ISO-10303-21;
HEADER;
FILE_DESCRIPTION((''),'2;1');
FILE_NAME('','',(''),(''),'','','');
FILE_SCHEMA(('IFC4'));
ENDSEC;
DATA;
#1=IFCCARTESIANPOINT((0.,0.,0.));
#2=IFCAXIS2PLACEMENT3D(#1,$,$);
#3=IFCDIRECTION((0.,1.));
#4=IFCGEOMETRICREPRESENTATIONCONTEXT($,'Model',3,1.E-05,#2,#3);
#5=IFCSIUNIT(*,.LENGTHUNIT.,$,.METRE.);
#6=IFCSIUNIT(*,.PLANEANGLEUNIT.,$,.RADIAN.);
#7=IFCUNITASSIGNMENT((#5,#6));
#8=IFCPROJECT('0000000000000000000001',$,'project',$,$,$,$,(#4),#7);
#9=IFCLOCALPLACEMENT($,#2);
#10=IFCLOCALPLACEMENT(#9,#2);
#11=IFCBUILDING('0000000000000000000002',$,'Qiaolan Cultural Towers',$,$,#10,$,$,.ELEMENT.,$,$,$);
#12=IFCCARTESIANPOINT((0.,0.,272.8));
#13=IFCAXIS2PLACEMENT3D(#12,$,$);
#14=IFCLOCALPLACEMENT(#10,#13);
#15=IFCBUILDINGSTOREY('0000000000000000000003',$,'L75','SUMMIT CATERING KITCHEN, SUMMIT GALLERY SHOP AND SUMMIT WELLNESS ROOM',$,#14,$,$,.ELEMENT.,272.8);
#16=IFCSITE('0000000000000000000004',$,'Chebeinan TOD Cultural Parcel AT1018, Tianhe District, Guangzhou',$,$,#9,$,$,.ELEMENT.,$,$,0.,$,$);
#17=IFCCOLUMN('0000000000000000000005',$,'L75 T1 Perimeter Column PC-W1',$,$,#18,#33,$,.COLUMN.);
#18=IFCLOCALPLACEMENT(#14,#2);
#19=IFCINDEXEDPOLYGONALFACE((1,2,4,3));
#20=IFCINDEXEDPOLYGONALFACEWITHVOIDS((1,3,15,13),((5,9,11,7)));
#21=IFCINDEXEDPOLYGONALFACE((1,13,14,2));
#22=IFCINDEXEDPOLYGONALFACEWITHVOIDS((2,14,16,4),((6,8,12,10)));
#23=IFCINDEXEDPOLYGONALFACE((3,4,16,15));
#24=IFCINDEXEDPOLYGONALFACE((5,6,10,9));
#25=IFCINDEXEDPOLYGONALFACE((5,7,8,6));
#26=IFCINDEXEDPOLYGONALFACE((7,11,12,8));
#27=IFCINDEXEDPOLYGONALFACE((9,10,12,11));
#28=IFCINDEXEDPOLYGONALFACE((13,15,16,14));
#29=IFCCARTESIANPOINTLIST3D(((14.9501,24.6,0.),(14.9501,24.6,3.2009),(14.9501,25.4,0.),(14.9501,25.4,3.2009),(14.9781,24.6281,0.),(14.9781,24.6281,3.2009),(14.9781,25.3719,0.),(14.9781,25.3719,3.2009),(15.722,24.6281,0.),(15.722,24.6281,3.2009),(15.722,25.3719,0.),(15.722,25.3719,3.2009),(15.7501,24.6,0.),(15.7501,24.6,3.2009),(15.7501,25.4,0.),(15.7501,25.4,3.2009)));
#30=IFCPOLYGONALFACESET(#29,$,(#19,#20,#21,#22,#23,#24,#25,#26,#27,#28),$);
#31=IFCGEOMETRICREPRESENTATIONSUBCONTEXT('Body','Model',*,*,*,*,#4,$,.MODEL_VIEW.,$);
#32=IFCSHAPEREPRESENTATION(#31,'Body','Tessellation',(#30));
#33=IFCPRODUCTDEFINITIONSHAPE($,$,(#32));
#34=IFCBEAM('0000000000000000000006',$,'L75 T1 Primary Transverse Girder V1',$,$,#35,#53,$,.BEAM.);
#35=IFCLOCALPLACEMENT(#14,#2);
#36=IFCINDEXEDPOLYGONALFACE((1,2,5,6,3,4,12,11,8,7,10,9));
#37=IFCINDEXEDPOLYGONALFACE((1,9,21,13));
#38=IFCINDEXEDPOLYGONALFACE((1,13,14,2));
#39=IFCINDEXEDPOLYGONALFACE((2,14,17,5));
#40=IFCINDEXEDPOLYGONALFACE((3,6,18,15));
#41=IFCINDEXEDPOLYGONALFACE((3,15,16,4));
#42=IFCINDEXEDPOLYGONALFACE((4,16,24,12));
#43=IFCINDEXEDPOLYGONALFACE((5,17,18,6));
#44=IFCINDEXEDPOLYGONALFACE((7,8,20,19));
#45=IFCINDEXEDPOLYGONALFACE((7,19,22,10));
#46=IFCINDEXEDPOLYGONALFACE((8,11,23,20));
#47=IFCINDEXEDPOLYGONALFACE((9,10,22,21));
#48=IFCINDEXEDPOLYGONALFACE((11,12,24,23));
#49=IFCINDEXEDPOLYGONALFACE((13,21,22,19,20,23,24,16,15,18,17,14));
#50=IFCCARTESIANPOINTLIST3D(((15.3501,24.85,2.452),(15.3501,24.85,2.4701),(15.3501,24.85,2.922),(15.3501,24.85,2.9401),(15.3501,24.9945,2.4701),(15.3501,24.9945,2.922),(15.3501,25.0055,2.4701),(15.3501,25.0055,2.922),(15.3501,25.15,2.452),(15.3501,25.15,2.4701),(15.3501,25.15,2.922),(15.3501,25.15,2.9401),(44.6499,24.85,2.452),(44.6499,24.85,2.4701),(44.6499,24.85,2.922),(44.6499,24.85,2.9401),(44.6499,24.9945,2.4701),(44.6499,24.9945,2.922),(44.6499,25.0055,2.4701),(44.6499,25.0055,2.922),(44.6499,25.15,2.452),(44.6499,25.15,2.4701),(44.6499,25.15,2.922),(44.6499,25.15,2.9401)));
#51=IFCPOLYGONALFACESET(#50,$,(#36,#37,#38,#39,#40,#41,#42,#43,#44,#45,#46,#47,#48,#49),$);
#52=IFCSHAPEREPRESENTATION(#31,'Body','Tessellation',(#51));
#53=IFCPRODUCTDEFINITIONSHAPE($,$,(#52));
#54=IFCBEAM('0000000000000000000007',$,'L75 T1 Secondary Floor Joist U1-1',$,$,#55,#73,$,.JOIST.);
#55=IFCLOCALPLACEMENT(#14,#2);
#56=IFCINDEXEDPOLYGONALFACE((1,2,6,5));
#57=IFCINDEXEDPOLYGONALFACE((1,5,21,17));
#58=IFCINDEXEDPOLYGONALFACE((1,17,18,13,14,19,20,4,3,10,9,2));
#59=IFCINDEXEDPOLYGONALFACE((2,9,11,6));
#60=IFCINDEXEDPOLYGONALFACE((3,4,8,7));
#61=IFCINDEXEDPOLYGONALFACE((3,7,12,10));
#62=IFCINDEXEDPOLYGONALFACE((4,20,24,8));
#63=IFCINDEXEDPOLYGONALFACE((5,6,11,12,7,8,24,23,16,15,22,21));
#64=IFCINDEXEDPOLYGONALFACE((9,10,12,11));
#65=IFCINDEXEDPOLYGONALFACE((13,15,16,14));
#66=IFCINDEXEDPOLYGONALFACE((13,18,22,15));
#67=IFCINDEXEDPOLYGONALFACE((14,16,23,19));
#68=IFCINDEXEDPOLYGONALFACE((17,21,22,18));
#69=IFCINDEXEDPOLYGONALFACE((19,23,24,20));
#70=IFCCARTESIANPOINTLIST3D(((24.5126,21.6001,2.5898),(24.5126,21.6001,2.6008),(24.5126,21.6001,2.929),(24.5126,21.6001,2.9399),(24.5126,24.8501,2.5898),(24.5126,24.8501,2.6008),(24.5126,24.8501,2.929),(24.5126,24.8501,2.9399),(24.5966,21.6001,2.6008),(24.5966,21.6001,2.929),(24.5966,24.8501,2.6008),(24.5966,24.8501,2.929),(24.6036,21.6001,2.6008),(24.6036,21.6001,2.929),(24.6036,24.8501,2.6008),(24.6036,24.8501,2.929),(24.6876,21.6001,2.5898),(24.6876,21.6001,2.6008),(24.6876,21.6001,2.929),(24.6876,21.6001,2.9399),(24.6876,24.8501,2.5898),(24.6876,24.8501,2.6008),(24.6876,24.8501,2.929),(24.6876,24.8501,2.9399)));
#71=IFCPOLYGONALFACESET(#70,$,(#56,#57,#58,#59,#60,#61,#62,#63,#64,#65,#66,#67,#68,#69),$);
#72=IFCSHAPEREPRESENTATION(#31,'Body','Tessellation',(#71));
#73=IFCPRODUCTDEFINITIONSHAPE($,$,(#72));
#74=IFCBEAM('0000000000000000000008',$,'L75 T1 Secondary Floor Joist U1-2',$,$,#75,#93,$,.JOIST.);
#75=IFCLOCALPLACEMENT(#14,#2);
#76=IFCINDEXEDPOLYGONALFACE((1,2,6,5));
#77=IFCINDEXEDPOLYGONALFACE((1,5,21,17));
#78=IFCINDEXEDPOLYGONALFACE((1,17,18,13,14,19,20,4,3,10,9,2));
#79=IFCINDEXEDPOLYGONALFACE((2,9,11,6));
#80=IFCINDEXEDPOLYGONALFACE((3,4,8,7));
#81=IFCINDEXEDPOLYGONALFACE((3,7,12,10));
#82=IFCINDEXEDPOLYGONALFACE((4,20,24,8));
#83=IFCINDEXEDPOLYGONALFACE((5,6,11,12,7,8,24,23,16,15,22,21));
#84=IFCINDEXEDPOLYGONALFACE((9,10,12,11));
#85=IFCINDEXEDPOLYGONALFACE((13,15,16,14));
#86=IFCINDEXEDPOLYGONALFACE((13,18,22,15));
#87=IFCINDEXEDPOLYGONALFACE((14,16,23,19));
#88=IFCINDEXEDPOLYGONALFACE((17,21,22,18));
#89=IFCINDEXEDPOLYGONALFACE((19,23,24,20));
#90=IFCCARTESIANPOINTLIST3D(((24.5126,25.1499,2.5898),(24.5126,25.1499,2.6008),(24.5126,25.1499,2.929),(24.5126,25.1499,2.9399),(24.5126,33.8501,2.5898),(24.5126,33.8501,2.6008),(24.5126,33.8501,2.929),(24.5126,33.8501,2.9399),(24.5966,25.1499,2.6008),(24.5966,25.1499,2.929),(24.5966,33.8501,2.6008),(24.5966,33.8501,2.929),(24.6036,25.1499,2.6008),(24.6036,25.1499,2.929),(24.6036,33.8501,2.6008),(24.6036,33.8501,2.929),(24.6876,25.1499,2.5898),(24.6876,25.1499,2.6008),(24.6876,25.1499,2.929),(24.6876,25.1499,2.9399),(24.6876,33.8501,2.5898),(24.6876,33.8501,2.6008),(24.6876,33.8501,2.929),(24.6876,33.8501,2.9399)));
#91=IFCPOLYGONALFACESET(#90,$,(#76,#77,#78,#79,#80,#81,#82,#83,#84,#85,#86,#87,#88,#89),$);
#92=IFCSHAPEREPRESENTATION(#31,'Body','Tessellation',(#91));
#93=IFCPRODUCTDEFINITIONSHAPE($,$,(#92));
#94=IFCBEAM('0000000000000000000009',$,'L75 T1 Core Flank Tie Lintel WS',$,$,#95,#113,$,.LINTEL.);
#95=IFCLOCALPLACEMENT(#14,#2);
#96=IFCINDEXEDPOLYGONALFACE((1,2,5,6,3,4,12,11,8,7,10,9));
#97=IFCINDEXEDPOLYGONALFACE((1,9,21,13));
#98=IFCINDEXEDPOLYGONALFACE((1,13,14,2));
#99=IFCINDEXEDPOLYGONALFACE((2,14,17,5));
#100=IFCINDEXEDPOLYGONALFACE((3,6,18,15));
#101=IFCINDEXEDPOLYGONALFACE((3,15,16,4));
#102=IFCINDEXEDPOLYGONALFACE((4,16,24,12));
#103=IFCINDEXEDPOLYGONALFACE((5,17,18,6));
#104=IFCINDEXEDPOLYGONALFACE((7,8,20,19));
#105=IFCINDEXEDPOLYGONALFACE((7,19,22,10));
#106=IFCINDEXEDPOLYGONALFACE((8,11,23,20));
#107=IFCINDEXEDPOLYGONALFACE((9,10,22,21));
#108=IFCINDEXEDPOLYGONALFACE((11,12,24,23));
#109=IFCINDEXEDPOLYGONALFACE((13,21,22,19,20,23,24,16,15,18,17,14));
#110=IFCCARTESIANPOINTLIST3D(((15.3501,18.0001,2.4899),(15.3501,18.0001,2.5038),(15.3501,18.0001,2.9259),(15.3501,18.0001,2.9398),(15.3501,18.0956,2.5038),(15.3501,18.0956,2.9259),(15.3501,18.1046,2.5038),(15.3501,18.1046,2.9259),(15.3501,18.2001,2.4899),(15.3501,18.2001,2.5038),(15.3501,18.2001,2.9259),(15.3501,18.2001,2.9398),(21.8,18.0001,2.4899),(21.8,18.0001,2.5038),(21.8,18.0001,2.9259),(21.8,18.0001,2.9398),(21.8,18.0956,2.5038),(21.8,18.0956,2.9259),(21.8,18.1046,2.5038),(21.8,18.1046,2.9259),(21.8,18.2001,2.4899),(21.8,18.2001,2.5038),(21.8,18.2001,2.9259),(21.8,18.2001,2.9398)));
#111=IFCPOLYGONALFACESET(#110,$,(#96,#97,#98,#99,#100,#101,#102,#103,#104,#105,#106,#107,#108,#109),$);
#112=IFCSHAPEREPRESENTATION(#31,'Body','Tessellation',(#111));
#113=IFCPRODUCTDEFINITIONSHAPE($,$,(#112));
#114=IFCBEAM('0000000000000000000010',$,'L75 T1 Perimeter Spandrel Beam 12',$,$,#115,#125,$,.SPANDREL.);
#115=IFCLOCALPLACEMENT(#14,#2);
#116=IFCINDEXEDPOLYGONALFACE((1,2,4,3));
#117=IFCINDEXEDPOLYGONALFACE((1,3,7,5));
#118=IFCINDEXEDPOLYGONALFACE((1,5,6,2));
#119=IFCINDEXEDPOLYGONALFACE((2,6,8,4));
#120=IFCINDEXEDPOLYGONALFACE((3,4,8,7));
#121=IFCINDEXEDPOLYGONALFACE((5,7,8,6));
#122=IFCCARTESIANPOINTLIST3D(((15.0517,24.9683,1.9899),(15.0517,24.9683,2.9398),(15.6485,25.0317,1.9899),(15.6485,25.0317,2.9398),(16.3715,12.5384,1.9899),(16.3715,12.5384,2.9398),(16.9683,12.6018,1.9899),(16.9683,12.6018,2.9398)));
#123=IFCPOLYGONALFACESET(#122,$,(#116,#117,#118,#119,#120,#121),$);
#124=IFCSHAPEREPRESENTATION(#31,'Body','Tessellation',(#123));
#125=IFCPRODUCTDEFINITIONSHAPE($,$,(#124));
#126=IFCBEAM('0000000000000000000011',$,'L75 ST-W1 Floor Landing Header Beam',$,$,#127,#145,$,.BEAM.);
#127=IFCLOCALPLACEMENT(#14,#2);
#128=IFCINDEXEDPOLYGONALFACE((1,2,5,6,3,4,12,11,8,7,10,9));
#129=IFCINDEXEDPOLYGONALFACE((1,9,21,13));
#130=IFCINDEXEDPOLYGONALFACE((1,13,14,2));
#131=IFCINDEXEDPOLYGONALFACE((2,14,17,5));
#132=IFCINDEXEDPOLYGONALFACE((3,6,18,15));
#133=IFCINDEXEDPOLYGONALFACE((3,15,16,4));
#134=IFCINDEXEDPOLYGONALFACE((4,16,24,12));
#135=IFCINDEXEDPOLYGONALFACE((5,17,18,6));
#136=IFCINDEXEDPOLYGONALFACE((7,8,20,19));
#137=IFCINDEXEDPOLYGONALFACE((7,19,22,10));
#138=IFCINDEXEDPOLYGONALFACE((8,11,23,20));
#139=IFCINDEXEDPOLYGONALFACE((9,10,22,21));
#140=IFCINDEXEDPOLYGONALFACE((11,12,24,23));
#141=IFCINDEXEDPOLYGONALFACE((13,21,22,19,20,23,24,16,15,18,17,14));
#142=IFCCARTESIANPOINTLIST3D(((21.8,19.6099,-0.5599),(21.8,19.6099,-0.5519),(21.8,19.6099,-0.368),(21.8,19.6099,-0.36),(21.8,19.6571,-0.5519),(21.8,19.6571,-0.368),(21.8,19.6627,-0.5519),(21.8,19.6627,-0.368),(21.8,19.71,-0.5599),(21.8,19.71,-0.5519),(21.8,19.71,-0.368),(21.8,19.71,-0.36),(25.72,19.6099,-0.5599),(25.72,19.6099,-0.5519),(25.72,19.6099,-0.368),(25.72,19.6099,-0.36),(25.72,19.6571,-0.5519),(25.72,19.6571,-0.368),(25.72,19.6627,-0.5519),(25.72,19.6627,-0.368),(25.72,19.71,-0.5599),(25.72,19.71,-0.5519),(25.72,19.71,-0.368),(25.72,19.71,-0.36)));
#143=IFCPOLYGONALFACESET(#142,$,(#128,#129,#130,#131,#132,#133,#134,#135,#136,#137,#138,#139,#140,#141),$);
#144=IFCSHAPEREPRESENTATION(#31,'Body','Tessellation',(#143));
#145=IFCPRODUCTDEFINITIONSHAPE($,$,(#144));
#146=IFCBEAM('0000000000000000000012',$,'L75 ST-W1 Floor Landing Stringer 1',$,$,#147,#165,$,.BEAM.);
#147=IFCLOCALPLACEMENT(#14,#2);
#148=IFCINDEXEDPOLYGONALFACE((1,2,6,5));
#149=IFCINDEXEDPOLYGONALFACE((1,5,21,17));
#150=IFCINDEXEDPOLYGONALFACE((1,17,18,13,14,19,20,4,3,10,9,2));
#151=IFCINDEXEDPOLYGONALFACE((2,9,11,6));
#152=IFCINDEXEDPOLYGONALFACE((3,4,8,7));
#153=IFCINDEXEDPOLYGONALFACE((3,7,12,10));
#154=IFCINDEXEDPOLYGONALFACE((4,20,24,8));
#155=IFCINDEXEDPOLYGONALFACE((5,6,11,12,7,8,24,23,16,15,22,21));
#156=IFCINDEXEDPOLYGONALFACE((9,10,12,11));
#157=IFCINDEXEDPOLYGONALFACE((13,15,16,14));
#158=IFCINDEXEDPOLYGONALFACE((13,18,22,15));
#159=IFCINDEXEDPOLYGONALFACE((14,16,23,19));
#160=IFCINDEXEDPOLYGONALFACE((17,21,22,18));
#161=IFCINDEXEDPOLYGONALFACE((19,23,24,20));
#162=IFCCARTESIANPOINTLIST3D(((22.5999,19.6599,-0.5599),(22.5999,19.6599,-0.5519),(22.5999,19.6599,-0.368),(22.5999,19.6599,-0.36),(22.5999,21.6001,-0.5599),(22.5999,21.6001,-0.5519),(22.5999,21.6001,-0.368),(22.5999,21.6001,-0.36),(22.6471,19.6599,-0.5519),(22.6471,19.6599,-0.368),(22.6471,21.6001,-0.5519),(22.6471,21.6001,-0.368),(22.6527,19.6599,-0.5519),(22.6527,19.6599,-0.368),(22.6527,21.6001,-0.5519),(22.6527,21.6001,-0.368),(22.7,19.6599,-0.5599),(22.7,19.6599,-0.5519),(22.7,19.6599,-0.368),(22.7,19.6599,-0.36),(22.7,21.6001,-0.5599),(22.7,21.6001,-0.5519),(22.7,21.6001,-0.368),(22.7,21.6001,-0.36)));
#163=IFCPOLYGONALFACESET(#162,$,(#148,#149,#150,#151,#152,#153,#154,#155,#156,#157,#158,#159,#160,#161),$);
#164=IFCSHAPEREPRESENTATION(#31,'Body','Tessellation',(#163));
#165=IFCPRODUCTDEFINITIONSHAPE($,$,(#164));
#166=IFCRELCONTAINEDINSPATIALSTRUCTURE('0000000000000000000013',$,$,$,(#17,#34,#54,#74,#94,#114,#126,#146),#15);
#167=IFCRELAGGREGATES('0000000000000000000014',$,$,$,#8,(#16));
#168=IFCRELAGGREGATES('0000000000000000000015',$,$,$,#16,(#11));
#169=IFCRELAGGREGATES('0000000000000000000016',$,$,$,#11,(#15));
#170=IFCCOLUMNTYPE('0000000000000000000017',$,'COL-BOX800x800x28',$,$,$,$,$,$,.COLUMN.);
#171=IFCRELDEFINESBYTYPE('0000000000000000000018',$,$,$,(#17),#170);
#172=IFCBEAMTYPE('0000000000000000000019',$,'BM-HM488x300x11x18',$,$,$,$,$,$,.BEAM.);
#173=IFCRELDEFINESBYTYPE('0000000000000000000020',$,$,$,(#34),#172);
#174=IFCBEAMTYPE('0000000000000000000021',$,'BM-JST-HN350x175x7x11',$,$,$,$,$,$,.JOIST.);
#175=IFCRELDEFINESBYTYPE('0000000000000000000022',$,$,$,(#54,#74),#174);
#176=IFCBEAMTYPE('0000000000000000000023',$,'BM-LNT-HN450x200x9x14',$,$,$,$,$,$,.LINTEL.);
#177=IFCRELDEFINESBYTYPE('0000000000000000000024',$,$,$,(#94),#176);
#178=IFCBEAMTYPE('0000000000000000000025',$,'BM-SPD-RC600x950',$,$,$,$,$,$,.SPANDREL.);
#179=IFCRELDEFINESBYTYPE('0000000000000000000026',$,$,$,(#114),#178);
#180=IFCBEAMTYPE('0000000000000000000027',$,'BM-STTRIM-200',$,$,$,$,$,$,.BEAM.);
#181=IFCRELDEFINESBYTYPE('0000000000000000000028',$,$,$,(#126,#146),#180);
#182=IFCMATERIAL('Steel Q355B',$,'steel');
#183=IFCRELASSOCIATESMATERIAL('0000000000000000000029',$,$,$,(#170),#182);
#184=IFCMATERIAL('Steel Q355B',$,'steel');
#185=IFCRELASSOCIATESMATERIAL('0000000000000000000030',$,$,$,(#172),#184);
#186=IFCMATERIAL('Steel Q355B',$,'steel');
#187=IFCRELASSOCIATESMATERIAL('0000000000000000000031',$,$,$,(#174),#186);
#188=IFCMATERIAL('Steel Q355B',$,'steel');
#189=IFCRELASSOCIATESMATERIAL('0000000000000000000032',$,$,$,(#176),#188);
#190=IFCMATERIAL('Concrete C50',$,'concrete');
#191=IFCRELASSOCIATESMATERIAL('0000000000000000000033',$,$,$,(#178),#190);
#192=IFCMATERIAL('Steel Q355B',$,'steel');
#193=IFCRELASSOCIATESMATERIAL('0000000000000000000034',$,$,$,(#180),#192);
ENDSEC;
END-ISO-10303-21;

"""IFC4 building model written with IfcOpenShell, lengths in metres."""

from ifc_helpers import new_model, si_unit, direction, frame, origin, origin_2d, place, context, subcontext, project, spatial, rectangle, hollow_rectangle, i_section, extrude, material, material_profile, profile_set, type_object, element, save


model = new_model("IFC4")

# Units and contexts
model_context = context("Model", 3, precision=1e-05, world=origin(), true_north=direction((0.0, 1.0)))
body_context = subcontext(model_context, "Body", "Model", "MODEL_VIEW")
ifc_project = project(units=[si_unit("LENGTHUNIT", "METRE"), si_unit("PLANEANGLEUNIT", "RADIAN")], contexts=[model_context])

# Site, building, storey
site_placement = place(None, origin())
site = spatial("IfcSite", under=ifc_project, at=site_placement, Name="Chebeinan TOD Cultural Parcel AT1018, Tianhe District, Guangzhou", CompositionType="ELEMENT", RefElevation=0.0)
building_placement = place(site_placement, origin())
building = spatial("IfcBuilding", under=site, at=building_placement, Name="Qiaolan Cultural Towers", CompositionType="ELEMENT")
storey_placement = place(building_placement, frame((0.0, 0.0, 272.8)))
storey = spatial("IfcBuildingStorey", under=building, at=storey_placement, Name="L75", Description="SUMMIT CATERING KITCHEN, SUMMIT GALLERY SHOP AND SUMMIT WELLNESS ROOM", CompositionType="ELEMENT", Elevation=272.8)

# Column
ifc_material_1 = material(Name="Steel Q355B", Category="steel")
ifc_material_profile_1 = material_profile(ifc_material_1, hollow_rectangle(XDim=0.8, YDim=0.8, WallThickness=0.0281, at=origin_2d()), Name="BOX800x800x28")
ifc_profile_set_1 = profile_set([ifc_material_profile_1], Name="Steel Q355B")
column_type = type_object("IfcColumnType", Name="COL-BOX800x800x28", PredefinedType="COLUMN", material=ifc_profile_set_1)
column_placement = place(storey_placement, frame((15.3501, 25.0, 0.0), z_axis=(0.0, 0.0, 1.0), x_axis=(1.0, 0.0, 0.0)))
element("IfcColumn", 1, at=column_placement, inside=storey, type_object=column_type, Name="L75 T1 Perimeter Column PC-W1", PredefinedType="COLUMN", context=body_context, shape_type="SweptSolid", body=[
    extrude(hollow_rectangle(XDim=0.8, YDim=0.8, WallThickness=0.0281, at=origin_2d()), origin(), (0.0, 0.0, 1.0), 3.2009),
])

# Beams
ifc_material_2 = material(Name="Steel Q355B", Category="steel")
ifc_material_profile_2 = material_profile(ifc_material_2, i_section(OverallWidth=0.3, OverallDepth=0.488, WebThickness=0.011, FlangeThickness=0.0181, at=origin_2d()), Name="HM488x300x11x18")
ifc_profile_set_2 = profile_set([ifc_material_profile_2], Name="Steel Q355B")
beam_type_1 = type_object("IfcBeamType", Name="BM-HM488x300x11x18", PredefinedType="BEAM", material=ifc_profile_set_2)
beam_1_placement = place(storey_placement, frame((15.3501, 25.0, 2.696), z_axis=(1.0, 0.0, 0.0), x_axis=(0.0, 1.0, 0.0)))
element("IfcBeam", 2, at=beam_1_placement, inside=storey, type_object=beam_type_1, Name="L75 T1 Primary Transverse Girder V1", PredefinedType="BEAM", context=body_context, shape_type="SweptSolid", body=[
    extrude(i_section(OverallWidth=0.3, OverallDepth=0.488, WebThickness=0.011, FlangeThickness=0.0181, at=origin_2d()), origin(), (0.0, 0.0, 1.0), 29.2998),
])
ifc_material_3 = material(Name="Steel Q355B", Category="steel")
ifc_material_profile_3 = material_profile(ifc_material_3, i_section(OverallWidth=0.175, OverallDepth=0.3501, WebThickness=0.0071, FlangeThickness=0.011, at=origin_2d()), Name="HN350x175x7x11")
ifc_profile_set_3 = profile_set([ifc_material_profile_3], Name="Steel Q355B")
beam_type_2 = type_object("IfcBeamType", Name="BM-JST-HN350x175x7x11", PredefinedType="JOIST", material=ifc_profile_set_3)
beam_2_placement = place(storey_placement, frame((24.6001, 21.6001, 2.7649), z_axis=(0.0, 1.0, 0.0), x_axis=(-1.0, 0.0, 0.0)))
element("IfcBeam", 3, at=beam_2_placement, inside=storey, type_object=beam_type_2, Name="L75 T1 Secondary Floor Joist U1-1", PredefinedType="JOIST", context=body_context, shape_type="SweptSolid", body=[
    extrude(i_section(OverallWidth=0.175, OverallDepth=0.3501, WebThickness=0.0071, FlangeThickness=0.011, at=origin_2d()), origin(), (0.0, 0.0, 1.0), 3.25),
])
beam_3_placement = place(storey_placement, frame((24.6001, 25.1499, 2.7649), z_axis=(0.0, 1.0, 0.0), x_axis=(-1.0, 0.0, 0.0)))
element("IfcBeam", 4, at=beam_3_placement, inside=storey, type_object=beam_type_2, Name="L75 T1 Secondary Floor Joist U1-2", PredefinedType="JOIST", context=body_context, shape_type="SweptSolid", body=[
    extrude(i_section(OverallWidth=0.175, OverallDepth=0.3501, WebThickness=0.0071, FlangeThickness=0.011, at=origin_2d()), origin(), (0.0, 0.0, 1.0), 8.7002),
])
ifc_material_4 = material(Name="Steel Q355B", Category="steel")
ifc_material_profile_4 = material_profile(ifc_material_4, i_section(OverallWidth=0.2, OverallDepth=0.45, WebThickness=0.009, FlangeThickness=0.0139, at=origin_2d()), Name="HN450x200x9x14")
ifc_profile_set_4 = profile_set([ifc_material_profile_4], Name="Steel Q355B")
beam_type_3 = type_object("IfcBeamType", Name="BM-LNT-HN450x200x9x14", PredefinedType="LINTEL", material=ifc_profile_set_4)
beam_4_placement = place(storey_placement, frame((21.8, 18.1001, 2.7148), z_axis=(-1.0, 0.0, 0.0), x_axis=(0.0, -1.0, 0.0)))
element("IfcBeam", 5, at=beam_4_placement, inside=storey, type_object=beam_type_3, Name="L75 T1 Core Flank Tie Lintel WS", PredefinedType="LINTEL", context=body_context, shape_type="SweptSolid", body=[
    extrude(i_section(OverallWidth=0.2, OverallDepth=0.45, WebThickness=0.009, FlangeThickness=0.0139, at=origin_2d()), origin(), (0.0, 0.0, 1.0), 6.45),
])
ifc_material_5 = material(Name="Concrete C50", Category="concrete")
ifc_material_profile_5 = material_profile(ifc_material_5, rectangle(XDim=0.6001, YDim=0.95, at=origin_2d()), Name="RC600x950")
ifc_profile_set_5 = profile_set([ifc_material_profile_5], Name="Concrete C50")
beam_type_4 = type_object("IfcBeamType", Name="BM-SPD-RC600x950", PredefinedType="SPANDREL", material=ifc_profile_set_5)
beam_5_placement = place(storey_placement, frame((15.3501, 25.0, 2.4648), z_axis=(0.105588, -0.99441, 0.0), x_axis=(0.99441, 0.105588, 0.0)))
element("IfcBeam", 6, at=beam_5_placement, inside=storey, type_object=beam_type_4, Name="L75 T1 Perimeter Spandrel Beam 12", PredefinedType="SPANDREL", context=body_context, shape_type="SweptSolid", body=[
    extrude(rectangle(XDim=0.6001, YDim=0.95, at=origin_2d()), origin(), (0.0, 0.0, 1.0), 12.4998),
])
ifc_material_6 = material(Name="Steel Q355B", Category="steel")
ifc_material_profile_6 = material_profile(ifc_material_6, i_section(OverallWidth=0.1001, OverallDepth=0.2, WebThickness=0.0056, FlangeThickness=0.0081, at=origin_2d()), Name="HN200x100x5.5x8")
ifc_profile_set_6 = profile_set([ifc_material_profile_6], Name="Steel Q355B")
beam_type_5 = type_object("IfcBeamType", Name="BM-STTRIM-200", PredefinedType="BEAM", material=ifc_profile_set_6)
beam_6_placement = place(storey_placement, frame((21.8, 19.6599, -0.46), z_axis=(1.0, 0.0, 0.0), x_axis=(0.0, 1.0, 0.0)))
element("IfcBeam", 7, at=beam_6_placement, inside=storey, type_object=beam_type_5, Name="L75 ST-W1 Floor Landing Header Beam", PredefinedType="BEAM", context=body_context, shape_type="SweptSolid", body=[
    extrude(i_section(OverallWidth=0.1001, OverallDepth=0.2, WebThickness=0.0056, FlangeThickness=0.0081, at=origin_2d()), origin(), (0.0, 0.0, 1.0), 3.9199),
])
for number, where, z_axis, x_axis, name in (
    (8, (22.6499, 21.6001, -0.46), (0.0, -1.0, 0.0), (1.0, 0.0, 0.0), "L75 ST-W1 Floor Landing Stringer 1"),
):
    element("IfcBeam", number, at=place(storey_placement, frame(where, z_axis=z_axis, x_axis=x_axis)), inside=storey, type_object=beam_type_5, Name=name, PredefinedType="BEAM", context=body_context, shape_type="SweptSolid", body=[
        extrude(i_section(OverallWidth=0.1001, OverallDepth=0.2, WebThickness=0.0056, FlangeThickness=0.0081, at=origin_2d()), origin(), (0.0, 0.0, 1.0), 1.9402),
    ])

save(model, "model.ifc")
